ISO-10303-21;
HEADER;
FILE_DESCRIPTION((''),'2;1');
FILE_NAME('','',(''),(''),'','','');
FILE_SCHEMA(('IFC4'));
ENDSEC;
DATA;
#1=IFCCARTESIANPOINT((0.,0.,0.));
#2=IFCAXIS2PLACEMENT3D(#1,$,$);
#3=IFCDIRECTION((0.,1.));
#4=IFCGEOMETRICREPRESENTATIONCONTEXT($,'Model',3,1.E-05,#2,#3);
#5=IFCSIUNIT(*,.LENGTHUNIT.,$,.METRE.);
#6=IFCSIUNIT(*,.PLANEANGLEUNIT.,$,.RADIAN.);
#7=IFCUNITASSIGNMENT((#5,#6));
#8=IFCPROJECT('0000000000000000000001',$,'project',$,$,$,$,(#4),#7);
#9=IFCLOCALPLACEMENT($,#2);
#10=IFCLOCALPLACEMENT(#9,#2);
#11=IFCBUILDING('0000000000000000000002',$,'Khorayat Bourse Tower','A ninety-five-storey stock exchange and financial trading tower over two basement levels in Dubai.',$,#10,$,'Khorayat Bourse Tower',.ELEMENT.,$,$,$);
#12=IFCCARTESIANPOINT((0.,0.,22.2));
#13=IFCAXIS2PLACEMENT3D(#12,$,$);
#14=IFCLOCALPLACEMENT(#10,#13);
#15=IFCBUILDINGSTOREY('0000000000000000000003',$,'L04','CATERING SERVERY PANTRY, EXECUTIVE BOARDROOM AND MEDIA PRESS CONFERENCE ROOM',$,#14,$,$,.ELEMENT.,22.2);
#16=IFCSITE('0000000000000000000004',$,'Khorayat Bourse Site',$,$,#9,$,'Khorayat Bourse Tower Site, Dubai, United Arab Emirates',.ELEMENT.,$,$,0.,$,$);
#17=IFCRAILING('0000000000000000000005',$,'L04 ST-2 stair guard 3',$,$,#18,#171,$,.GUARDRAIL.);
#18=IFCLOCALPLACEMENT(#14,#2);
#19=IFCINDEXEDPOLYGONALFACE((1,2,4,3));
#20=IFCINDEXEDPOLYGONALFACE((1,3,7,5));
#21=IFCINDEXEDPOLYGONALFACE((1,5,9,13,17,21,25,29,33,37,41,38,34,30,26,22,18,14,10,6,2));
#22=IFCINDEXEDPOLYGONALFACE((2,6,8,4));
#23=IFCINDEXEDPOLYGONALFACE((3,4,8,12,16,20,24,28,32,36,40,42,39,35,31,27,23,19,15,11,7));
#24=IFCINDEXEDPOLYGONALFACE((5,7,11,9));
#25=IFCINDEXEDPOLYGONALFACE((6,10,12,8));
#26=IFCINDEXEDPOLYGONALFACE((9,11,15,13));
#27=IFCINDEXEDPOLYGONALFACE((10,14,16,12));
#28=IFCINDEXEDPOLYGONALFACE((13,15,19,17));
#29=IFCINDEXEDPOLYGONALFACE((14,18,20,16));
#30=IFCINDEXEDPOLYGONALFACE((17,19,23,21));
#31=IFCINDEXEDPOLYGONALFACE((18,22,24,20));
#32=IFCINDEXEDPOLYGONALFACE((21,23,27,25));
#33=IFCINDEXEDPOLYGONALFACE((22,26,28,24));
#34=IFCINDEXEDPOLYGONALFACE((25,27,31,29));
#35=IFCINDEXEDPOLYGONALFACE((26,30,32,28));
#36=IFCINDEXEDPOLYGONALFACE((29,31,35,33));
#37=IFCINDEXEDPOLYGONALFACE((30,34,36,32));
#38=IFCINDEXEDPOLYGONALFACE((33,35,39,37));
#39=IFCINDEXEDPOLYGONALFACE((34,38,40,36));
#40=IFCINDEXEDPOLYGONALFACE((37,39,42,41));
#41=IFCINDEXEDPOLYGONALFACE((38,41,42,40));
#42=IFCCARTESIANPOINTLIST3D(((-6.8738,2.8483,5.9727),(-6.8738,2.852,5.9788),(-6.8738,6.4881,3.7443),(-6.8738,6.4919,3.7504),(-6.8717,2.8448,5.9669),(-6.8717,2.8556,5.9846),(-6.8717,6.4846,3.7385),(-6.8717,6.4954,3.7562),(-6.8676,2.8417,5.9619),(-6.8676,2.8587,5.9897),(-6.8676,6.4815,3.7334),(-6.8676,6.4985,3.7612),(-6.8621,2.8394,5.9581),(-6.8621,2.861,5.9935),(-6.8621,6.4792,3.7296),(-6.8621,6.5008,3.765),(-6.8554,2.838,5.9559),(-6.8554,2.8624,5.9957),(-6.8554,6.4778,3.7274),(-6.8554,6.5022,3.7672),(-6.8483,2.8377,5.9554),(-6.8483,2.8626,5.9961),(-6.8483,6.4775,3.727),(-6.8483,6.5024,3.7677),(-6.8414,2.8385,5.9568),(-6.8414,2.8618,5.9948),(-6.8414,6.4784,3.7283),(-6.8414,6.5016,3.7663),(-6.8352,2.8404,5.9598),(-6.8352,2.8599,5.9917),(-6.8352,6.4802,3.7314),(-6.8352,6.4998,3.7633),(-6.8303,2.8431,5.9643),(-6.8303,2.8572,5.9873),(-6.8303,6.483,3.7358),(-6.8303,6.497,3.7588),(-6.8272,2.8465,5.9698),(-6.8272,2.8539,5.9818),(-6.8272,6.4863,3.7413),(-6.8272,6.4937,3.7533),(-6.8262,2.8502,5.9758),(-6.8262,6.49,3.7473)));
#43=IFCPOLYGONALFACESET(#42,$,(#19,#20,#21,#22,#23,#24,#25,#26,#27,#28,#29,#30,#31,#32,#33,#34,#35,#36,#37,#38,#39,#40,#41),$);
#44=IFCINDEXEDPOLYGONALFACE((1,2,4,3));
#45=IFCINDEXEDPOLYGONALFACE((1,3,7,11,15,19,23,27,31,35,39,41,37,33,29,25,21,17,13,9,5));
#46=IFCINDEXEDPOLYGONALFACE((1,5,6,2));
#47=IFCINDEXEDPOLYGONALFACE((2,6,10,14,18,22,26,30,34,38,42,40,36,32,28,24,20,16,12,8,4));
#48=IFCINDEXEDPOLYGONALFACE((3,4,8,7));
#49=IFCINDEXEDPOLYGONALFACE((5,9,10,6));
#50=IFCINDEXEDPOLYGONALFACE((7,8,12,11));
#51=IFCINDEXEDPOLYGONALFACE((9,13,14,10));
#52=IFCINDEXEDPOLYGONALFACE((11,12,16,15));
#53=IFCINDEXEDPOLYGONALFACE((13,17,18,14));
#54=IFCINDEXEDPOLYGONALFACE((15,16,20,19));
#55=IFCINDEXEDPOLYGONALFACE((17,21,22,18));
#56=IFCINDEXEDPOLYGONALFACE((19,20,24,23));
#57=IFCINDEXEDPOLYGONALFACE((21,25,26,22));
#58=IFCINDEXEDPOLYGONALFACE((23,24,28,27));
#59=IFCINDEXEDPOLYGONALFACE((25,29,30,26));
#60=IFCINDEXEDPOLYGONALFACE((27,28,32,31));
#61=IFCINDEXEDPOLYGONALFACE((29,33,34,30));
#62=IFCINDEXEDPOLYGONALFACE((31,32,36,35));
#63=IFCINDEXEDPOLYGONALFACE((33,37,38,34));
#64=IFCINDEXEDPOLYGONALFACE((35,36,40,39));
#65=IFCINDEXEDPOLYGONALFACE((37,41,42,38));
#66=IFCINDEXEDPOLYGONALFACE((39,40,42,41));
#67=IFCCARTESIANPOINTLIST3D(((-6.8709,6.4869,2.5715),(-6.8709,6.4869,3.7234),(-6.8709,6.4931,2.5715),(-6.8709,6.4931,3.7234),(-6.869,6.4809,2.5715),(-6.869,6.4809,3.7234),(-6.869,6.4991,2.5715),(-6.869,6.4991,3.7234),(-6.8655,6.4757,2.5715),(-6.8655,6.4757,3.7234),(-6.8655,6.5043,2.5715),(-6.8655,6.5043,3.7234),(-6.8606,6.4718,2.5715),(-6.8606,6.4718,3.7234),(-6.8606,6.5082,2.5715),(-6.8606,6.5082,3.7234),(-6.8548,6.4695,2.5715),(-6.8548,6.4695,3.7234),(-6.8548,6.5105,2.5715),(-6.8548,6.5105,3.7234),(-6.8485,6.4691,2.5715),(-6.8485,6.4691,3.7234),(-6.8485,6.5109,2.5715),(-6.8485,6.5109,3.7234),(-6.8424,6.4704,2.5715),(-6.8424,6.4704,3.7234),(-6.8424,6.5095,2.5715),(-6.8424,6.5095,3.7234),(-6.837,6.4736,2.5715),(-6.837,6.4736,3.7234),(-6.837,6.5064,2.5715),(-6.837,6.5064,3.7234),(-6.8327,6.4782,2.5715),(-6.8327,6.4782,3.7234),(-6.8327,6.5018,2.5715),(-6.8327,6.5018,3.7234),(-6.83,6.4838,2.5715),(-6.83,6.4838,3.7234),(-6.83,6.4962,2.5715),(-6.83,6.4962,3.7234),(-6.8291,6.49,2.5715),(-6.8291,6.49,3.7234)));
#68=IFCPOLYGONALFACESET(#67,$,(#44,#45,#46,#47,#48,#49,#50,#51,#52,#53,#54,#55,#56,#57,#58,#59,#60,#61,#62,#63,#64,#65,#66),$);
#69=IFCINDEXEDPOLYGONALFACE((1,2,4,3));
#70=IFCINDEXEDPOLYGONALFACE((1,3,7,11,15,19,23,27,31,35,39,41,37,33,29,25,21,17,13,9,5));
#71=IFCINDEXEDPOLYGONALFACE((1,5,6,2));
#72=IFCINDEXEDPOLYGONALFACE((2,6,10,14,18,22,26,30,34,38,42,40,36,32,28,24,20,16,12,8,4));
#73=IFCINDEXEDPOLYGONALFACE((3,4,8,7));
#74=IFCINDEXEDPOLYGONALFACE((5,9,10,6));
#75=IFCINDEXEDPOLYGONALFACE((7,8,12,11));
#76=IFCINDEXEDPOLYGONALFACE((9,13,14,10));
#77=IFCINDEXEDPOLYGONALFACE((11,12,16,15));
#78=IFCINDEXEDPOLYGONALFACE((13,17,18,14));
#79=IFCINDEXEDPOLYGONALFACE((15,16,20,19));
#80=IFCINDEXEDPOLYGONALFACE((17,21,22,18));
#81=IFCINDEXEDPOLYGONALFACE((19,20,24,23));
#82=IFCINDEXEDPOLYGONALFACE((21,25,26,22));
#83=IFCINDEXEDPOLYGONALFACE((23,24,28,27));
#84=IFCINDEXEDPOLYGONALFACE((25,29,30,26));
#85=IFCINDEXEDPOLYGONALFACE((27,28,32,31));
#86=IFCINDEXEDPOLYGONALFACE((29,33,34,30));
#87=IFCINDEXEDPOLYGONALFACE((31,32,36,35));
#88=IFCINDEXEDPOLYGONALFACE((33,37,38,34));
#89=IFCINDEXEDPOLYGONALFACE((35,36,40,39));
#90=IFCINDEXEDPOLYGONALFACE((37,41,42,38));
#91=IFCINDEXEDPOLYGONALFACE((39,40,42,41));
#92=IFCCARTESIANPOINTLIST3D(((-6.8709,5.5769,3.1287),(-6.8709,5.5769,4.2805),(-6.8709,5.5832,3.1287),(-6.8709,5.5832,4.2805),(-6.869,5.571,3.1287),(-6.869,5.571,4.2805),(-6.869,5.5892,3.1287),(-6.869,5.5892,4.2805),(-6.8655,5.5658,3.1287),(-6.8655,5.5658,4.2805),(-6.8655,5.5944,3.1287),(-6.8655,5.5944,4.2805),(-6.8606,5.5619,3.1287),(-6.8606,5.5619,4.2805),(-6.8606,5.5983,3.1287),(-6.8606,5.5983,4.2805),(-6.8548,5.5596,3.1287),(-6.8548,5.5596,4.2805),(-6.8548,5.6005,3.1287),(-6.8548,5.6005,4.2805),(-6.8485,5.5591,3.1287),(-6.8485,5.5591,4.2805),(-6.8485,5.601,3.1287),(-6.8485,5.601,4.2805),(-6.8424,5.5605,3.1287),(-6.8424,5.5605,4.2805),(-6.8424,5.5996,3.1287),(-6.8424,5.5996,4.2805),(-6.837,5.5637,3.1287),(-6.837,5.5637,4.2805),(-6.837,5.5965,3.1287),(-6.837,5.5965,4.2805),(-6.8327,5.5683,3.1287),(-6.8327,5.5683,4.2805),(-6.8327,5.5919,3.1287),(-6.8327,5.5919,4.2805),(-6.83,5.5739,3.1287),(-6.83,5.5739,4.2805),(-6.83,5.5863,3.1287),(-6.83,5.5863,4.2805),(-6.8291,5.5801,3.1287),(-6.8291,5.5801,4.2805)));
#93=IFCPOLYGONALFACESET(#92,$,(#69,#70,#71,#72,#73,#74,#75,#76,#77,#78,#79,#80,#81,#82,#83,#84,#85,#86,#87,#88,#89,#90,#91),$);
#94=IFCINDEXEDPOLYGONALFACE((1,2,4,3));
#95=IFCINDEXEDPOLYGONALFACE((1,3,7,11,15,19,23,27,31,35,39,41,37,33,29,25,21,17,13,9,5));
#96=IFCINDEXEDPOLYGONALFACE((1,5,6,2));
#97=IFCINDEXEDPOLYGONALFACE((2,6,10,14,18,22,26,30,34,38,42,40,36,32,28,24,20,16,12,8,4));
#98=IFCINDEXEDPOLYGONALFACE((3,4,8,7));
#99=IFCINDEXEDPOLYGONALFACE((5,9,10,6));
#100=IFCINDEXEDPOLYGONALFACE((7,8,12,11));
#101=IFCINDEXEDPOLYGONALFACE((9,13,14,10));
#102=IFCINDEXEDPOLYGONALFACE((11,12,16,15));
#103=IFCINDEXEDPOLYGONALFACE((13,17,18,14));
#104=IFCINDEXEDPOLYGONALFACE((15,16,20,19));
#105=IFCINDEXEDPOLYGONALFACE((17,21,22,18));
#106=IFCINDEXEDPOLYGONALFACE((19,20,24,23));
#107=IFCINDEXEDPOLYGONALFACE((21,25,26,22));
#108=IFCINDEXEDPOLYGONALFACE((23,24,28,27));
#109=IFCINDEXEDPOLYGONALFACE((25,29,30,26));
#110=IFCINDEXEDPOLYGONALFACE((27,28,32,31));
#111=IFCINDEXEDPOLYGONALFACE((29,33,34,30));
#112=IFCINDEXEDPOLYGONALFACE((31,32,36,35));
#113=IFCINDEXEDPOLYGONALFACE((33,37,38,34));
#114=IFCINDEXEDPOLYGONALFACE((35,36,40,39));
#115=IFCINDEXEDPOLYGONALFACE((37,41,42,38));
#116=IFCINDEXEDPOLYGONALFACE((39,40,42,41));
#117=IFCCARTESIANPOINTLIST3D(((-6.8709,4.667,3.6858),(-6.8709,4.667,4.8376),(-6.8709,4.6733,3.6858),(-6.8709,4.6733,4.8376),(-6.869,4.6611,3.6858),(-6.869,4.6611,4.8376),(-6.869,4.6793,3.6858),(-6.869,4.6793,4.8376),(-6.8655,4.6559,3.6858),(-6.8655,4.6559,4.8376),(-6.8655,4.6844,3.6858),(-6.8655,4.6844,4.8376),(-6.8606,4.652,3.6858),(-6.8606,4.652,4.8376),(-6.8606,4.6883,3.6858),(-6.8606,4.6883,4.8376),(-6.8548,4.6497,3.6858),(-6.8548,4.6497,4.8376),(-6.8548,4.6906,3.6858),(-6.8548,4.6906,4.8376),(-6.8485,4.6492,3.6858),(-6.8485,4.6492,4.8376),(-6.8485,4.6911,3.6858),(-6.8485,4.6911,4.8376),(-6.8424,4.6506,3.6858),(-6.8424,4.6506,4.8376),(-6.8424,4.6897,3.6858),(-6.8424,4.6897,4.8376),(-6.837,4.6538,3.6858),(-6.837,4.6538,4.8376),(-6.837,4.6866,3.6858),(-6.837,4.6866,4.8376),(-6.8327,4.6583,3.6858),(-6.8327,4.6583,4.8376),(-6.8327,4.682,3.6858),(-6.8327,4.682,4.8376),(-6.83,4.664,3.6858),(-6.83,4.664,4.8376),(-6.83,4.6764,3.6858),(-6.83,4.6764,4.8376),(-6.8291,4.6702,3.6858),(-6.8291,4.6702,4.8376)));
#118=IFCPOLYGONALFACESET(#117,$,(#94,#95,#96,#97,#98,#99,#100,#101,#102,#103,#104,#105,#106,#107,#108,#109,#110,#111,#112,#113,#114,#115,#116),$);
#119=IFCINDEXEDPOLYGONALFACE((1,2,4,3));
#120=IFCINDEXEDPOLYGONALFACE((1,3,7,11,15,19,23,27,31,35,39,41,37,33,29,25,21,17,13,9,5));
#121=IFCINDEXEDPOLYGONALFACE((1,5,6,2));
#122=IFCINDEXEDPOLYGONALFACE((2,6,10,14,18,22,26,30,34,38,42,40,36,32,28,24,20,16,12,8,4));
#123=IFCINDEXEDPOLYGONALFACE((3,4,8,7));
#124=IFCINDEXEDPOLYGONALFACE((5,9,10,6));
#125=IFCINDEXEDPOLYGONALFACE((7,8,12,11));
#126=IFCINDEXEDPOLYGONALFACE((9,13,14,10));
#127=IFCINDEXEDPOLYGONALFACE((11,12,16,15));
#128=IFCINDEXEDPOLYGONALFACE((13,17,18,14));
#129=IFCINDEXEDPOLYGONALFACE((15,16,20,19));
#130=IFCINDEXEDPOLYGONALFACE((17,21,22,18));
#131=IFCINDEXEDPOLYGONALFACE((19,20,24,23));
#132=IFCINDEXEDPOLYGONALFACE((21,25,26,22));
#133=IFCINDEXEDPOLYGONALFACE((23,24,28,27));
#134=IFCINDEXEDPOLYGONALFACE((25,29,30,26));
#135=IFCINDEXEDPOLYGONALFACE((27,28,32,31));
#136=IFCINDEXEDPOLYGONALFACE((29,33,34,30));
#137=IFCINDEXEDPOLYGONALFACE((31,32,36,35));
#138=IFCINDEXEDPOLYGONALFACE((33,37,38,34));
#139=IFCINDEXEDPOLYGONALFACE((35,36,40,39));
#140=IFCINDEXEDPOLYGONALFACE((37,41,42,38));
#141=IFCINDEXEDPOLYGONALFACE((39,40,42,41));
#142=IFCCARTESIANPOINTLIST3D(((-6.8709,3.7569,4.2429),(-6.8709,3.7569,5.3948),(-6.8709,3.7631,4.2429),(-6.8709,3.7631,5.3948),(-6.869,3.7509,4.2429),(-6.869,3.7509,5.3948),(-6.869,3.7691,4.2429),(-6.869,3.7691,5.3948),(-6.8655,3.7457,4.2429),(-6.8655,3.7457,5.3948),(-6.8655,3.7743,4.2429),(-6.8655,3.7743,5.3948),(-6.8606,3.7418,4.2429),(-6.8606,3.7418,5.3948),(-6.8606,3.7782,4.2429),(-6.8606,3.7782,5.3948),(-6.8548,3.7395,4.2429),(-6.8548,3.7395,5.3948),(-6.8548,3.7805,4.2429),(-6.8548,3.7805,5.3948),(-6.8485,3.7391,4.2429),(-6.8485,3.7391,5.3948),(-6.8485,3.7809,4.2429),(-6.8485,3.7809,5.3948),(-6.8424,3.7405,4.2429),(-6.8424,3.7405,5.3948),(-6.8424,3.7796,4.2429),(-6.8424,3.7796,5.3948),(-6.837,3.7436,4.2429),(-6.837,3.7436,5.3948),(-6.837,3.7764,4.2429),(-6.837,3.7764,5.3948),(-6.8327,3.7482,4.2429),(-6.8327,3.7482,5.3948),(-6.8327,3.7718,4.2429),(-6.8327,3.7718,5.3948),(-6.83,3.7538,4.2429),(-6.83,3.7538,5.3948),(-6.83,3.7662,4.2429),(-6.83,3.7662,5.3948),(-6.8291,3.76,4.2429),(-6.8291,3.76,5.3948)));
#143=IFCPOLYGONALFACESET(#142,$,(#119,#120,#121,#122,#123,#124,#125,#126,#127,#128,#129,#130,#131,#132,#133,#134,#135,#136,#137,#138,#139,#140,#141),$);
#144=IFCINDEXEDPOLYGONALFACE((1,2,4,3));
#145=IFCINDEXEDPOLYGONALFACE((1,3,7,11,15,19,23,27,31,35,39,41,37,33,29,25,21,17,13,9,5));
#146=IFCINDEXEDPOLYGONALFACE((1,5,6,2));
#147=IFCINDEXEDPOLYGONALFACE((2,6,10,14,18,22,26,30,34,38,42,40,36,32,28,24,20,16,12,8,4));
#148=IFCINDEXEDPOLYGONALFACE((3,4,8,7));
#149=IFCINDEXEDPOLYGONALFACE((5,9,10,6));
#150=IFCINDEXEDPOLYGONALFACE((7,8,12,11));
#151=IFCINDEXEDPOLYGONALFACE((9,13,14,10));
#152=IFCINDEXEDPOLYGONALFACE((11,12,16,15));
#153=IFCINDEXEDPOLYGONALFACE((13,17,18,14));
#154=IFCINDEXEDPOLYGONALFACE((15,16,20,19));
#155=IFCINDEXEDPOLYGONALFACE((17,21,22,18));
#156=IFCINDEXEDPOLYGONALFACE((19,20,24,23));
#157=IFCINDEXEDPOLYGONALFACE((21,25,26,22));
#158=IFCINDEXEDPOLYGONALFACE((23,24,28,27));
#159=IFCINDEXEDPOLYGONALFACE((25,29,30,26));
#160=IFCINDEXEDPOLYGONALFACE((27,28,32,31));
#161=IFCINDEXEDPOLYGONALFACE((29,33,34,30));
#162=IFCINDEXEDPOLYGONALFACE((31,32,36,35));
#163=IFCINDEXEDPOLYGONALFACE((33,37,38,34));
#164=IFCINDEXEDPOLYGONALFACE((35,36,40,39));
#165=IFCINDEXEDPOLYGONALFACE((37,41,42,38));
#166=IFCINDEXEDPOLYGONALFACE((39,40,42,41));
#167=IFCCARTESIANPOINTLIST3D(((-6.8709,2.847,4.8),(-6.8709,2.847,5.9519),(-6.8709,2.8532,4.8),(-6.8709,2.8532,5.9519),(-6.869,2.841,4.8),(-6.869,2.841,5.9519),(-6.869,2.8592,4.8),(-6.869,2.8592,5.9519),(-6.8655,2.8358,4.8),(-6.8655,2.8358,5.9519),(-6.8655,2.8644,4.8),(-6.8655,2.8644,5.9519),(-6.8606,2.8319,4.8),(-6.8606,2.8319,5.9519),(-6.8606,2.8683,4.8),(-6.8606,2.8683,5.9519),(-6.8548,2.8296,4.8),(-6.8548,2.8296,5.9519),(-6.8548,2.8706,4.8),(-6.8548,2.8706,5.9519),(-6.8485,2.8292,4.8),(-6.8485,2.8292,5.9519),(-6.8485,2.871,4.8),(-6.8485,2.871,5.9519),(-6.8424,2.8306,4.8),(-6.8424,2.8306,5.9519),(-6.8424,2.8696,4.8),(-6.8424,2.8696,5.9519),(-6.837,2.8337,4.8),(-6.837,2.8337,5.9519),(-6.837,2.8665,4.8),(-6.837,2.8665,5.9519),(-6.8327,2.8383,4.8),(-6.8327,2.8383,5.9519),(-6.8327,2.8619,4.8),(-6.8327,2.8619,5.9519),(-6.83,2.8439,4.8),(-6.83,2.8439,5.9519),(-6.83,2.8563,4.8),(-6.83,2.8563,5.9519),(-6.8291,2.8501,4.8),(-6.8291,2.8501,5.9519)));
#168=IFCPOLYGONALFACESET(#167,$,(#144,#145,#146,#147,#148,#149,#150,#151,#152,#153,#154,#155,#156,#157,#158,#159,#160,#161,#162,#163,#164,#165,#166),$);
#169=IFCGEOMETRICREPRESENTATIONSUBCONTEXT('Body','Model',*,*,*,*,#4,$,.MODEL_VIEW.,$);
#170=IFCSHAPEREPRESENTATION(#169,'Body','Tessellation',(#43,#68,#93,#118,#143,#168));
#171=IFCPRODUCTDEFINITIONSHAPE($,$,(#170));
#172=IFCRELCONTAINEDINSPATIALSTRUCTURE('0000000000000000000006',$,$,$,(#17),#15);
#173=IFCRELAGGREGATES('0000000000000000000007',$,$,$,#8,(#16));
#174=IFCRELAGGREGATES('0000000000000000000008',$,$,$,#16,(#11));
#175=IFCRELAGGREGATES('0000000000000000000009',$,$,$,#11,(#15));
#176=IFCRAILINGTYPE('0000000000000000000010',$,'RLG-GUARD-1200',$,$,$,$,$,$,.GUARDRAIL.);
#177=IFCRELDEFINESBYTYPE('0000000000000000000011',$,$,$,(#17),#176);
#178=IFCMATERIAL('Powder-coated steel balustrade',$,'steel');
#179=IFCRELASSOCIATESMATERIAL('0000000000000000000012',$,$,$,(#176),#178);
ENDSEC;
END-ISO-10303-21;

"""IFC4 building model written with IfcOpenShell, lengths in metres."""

from ifc_helpers import new_model, si_unit, direction, frame, origin, origin_2d, place, context, subcontext, project, spatial, circle, extrude, source, transform, mapped, material, type_object, element, save


model = new_model("IFC4")

# Units and contexts
model_context = context("Model", 3, precision=1e-05, world=origin(), true_north=direction((0.0, 1.0)))
body_context = subcontext(model_context, "Body", "Model", "MODEL_VIEW")
ifc_project = project(units=[si_unit("LENGTHUNIT", "METRE"), si_unit("PLANEANGLEUNIT", "RADIAN")], contexts=[model_context])

# Site, building, storey
site_placement = place(None, origin())
site = spatial("IfcSite", under=ifc_project, at=site_placement, Name="Khorayat Bourse Site", LongName="Khorayat Bourse Tower Site, Dubai, United Arab Emirates", CompositionType="ELEMENT", RefElevation=0.0)
building_placement = place(site_placement, origin())
building = spatial("IfcBuilding", under=site, at=building_placement, Name="Khorayat Bourse Tower", Description="A ninety-five-storey stock exchange and financial trading tower over two basement levels in Dubai.", LongName="Khorayat Bourse Tower", CompositionType="ELEMENT")
storey_placement = place(building_placement, frame((0.0, 0.0, 22.2)))
storey = spatial("IfcBuildingStorey", under=building, at=storey_placement, Name="L04", Description="CATERING SERVERY PANTRY, EXECUTIVE BOARDROOM AND MEDIA PRESS CONFERENCE ROOM", CompositionType="ELEMENT", Elevation=22.2)

# Railing
ifc_material_1 = material(Name="Powder-coated steel balustrade", Category="steel")
railing_type_1 = type_object("IfcRailingType", Name="RLG-GUARD-1200", PredefinedType="GUARDRAIL", material=ifc_material_1)
shared_shape_1 = source(origin(), body_context, "Body", "SweptSolid", [
    extrude(circle(Radius=0.0239, at=origin_2d()), frame((0.0, 0.0, 1.1758), z_axis=(0.0, -0.85285, 0.522156), x_axis=(1.0, 0.0, 0.0)), (0.0, 0.0, 1.0), 4.2678),
    extrude(circle(Radius=0.021, at=origin_2d()), origin(), (0.0, 0.0, 1.0), 1.1519),
    extrude(circle(Radius=0.021, at=origin_2d()), frame((0.0, -0.9099, 0.5571)), (0.0, 0.0, 1.0), 1.1519),
    extrude(circle(Radius=0.021, at=origin_2d()), frame((0.0, -1.8198, 1.1143)), (0.0, 0.0, 1.0), 1.1519),
    extrude(circle(Radius=0.021, at=origin_2d()), frame((0.0, -2.73, 1.6714)), (0.0, 0.0, 1.0), 1.1519),
    extrude(circle(Radius=0.021, at=origin_2d()), frame((0.0, -3.6399, 2.2285)), (0.0, 0.0, 1.0), 1.1519),
])
railing_1_placement = place(storey_placement, frame((-6.8501, 6.49, 2.5715)))
element("IfcRailing", 1, at=railing_1_placement, inside=storey, type_object=railing_type_1, Name="L04 ST-2 stair guard 3", PredefinedType="GUARDRAIL", context=body_context, shape_type="MappedRepresentation", body=[
    mapped(shared_shape_1, transform((0.0, 0.0, 0.0), scale=1.0)),
])

save(model, "model.ifc")
